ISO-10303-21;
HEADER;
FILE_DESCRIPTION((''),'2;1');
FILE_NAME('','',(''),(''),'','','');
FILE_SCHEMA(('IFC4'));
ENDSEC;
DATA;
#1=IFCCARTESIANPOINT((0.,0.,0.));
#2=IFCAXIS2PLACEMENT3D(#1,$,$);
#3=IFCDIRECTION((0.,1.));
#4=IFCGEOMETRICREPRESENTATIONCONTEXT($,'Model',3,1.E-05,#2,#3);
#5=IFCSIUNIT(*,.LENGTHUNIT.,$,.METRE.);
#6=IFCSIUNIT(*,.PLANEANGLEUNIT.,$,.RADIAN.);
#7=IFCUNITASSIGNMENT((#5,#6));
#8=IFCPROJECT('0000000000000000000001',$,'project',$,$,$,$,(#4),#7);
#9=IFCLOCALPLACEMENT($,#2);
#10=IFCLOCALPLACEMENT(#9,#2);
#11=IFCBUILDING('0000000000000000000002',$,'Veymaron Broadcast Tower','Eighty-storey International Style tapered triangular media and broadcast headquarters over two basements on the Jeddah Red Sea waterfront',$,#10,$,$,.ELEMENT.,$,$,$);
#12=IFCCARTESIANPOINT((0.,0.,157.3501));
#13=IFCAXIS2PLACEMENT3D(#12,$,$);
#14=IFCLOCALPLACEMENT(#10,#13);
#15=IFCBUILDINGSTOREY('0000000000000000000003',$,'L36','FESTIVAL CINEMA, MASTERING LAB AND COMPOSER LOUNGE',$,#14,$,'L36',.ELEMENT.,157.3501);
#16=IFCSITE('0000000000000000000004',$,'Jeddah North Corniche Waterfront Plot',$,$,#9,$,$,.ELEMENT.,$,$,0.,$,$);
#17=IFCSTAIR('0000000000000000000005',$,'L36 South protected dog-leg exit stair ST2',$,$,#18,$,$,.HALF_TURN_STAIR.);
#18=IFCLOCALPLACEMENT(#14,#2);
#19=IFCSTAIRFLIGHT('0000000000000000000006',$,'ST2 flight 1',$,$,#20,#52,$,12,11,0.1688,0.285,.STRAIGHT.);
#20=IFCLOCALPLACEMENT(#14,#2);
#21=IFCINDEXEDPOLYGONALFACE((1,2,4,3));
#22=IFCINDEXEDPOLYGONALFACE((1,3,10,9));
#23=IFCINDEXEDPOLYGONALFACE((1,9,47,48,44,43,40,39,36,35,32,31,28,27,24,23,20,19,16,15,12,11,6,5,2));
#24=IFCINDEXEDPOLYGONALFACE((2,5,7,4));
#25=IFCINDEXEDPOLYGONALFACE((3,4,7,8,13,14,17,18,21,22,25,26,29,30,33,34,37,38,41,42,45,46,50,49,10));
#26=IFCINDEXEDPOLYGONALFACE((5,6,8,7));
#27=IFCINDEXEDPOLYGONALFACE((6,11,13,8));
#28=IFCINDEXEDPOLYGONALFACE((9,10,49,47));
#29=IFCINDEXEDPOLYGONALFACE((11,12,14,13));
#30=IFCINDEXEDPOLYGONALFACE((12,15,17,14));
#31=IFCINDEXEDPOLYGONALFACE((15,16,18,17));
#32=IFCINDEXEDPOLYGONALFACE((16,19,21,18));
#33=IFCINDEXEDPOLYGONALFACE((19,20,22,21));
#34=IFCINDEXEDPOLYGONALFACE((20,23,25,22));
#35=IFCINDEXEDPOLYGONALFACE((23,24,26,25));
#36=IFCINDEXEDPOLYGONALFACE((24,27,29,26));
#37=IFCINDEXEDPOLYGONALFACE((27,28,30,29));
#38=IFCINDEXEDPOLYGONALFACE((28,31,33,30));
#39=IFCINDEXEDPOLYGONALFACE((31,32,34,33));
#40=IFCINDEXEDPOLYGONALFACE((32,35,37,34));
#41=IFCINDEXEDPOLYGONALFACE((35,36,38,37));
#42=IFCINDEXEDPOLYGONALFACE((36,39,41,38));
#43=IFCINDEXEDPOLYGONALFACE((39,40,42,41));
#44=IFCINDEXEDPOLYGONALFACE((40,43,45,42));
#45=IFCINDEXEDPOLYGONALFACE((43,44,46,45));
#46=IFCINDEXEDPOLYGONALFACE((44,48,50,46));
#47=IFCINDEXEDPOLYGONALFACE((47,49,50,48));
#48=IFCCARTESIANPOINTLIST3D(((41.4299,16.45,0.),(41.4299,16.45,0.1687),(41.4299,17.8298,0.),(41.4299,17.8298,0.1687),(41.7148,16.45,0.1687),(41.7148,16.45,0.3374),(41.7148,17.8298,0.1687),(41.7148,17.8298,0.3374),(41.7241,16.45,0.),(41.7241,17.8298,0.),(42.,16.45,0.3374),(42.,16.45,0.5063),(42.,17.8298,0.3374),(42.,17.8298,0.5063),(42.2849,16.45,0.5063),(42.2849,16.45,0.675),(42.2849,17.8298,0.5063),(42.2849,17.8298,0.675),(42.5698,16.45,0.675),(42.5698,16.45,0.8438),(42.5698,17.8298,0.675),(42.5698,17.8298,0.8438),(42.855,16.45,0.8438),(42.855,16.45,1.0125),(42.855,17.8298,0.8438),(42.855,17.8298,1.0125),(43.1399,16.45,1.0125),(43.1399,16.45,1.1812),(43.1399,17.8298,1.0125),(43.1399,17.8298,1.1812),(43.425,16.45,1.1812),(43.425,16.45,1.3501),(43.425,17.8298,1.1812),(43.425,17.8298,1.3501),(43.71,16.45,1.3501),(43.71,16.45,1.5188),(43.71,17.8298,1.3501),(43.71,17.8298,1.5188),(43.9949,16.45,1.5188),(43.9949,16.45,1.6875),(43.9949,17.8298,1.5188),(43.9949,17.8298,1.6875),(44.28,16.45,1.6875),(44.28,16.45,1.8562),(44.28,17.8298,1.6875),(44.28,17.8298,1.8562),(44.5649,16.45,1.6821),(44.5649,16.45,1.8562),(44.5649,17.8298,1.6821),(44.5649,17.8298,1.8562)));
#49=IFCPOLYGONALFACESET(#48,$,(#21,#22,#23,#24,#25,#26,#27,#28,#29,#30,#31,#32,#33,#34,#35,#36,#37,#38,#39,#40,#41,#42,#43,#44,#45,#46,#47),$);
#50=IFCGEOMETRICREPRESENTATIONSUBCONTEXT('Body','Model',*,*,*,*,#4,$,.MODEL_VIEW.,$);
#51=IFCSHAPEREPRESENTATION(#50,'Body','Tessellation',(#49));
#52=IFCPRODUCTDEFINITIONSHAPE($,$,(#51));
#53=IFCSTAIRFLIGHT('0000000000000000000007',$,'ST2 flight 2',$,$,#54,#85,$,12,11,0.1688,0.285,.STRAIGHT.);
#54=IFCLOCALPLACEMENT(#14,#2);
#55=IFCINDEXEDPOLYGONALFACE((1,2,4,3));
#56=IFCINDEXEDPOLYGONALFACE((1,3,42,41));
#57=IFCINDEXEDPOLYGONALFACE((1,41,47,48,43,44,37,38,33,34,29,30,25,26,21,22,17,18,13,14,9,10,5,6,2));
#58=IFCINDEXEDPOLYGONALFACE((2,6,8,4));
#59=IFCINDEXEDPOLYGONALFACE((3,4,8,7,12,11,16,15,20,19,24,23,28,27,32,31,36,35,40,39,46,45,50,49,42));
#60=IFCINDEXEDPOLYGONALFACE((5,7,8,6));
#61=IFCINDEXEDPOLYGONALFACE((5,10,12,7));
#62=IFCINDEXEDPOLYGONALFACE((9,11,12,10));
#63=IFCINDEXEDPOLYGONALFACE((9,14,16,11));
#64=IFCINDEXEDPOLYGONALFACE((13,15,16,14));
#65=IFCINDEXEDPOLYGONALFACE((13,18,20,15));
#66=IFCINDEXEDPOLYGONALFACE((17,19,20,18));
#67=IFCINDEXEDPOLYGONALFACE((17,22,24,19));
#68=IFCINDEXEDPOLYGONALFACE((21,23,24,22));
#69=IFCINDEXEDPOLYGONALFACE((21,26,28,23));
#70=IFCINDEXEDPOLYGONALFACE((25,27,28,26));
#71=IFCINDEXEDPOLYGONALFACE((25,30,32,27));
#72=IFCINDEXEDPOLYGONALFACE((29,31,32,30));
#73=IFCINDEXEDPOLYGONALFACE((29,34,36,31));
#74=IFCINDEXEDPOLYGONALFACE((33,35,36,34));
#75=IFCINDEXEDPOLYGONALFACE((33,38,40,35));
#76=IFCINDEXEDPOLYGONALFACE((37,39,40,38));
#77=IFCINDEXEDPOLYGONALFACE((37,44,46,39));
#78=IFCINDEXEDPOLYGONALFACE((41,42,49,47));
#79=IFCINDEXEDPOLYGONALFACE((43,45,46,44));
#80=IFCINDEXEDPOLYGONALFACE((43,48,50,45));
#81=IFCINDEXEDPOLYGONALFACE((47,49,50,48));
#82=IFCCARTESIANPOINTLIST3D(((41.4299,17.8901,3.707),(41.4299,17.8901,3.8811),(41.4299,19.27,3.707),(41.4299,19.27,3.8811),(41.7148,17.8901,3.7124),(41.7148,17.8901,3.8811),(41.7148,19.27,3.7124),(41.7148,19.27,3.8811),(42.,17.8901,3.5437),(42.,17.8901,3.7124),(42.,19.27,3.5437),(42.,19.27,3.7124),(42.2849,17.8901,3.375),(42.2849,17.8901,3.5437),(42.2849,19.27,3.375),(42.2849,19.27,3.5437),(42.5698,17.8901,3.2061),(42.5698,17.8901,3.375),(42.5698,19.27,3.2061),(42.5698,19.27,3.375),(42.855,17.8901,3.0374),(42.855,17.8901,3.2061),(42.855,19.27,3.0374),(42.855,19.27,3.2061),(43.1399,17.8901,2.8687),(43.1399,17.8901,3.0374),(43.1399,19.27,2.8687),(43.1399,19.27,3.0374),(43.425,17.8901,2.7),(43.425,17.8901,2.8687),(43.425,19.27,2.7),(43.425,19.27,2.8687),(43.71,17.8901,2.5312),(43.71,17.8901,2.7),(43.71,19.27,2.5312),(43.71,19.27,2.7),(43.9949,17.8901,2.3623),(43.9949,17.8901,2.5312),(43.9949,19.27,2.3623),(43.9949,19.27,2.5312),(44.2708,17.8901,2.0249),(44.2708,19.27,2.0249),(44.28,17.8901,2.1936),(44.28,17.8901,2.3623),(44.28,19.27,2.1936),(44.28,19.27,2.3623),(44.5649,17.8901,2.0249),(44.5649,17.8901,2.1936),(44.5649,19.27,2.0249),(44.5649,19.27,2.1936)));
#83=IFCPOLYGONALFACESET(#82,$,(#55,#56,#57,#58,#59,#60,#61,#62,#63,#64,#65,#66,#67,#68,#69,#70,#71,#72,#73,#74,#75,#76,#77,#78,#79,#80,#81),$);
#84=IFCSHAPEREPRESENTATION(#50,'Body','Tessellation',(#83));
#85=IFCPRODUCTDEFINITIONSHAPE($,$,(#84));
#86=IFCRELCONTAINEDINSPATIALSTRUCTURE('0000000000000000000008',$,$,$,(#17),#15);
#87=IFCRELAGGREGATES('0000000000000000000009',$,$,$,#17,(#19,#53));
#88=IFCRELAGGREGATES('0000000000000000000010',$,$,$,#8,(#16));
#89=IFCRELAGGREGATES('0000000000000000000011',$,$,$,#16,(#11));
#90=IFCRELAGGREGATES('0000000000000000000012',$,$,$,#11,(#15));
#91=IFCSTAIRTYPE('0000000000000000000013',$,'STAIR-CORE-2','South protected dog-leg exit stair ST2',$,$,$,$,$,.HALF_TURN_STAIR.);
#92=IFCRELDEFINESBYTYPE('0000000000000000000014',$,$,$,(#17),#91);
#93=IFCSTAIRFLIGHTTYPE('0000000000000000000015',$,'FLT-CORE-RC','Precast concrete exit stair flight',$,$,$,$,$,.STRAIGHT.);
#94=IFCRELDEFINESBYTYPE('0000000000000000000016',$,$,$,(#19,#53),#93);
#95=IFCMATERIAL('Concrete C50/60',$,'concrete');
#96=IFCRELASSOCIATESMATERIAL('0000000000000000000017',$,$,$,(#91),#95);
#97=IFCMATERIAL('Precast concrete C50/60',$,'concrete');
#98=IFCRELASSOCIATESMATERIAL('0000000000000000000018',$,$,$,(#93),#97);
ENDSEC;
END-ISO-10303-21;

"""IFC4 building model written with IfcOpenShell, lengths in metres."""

from ifc_helpers import new_model, si_unit, direction, frame, origin, place, context, subcontext, project, spatial, polyline, outline, extrude, material, type_object, element, aggregate, save


model = new_model("IFC4")

# Units and contexts
model_context = context("Model", 3, precision=1e-05, world=origin(), true_north=direction((0.0, 1.0)))
body_context = subcontext(model_context, "Body", "Model", "MODEL_VIEW")
ifc_project = project(units=[si_unit("LENGTHUNIT", "METRE"), si_unit("PLANEANGLEUNIT", "RADIAN")], contexts=[model_context])

# Site, building, storey
site_placement = place(None, origin())
site = spatial("IfcSite", under=ifc_project, at=site_placement, Name="Jeddah North Corniche Waterfront Plot", CompositionType="ELEMENT", RefElevation=0.0)
building_placement = place(site_placement, origin())
building = spatial("IfcBuilding", under=site, at=building_placement, Name="Veymaron Broadcast Tower", Description="Eighty-storey International Style tapered triangular media and broadcast headquarters over two basements on the Jeddah Red Sea waterfront", CompositionType="ELEMENT")
storey_placement = place(building_placement, frame((0.0, 0.0, 157.3501)))
storey = spatial("IfcBuildingStorey", under=building, at=storey_placement, Name="L36", Description="FESTIVAL CINEMA, MASTERING LAB AND COMPOSER LOUNGE", LongName="L36", CompositionType="ELEMENT", Elevation=157.3501)

# Shared definitions
ifc_material_1 = material(Name="Concrete C50/60", Category="concrete")

# Stair, stair flights
stair_type = type_object("IfcStairType", Name="STAIR-CORE-2", Description="South protected dog-leg exit stair ST2", PredefinedType="HALF_TURN_STAIR", material=ifc_material_1)
stair_placement = place(storey_placement, origin())
stair = element("IfcStair", 1, at=stair_placement, inside=storey, type_object=stair_type, Name="L36 South protected dog-leg exit stair ST2", PredefinedType="HALF_TURN_STAIR")
ifc_material_2 = material(Name="Precast concrete C50/60", Category="concrete")
stair_flight_type = type_object("IfcStairFlightType", Name="FLT-CORE-RC", Description="Precast concrete exit stair flight", PredefinedType="STRAIGHT", material=ifc_material_2)
stair_flight_1_placement = place(storey_placement, frame((41.4299, 17.1399, 0.0), z_axis=(0.0, 0.0, 1.0), x_axis=(1.0, 0.0, 0.0)))
stair_flight_1 = element("IfcStairFlight", 2, at=stair_flight_1_placement, type_object=stair_flight_type, Name="ST2 flight 1", NumberOfRisers=12, NumberOfTreads=11, PredefinedType="STRAIGHT", RiserHeight=0.1688, TreadLength=0.285, context=body_context, shape_type="SweptSolid", body=[
    extrude(outline(polyline([(0.0, 0.0), (0.0, 0.1687), (0.2849, 0.1687), (0.2849, 0.3374), (0.5701, 0.3374), (0.5701, 0.5063), (0.855, 0.5063), (0.855, 0.675), (1.1399, 0.675), (1.1399, 0.8438), (1.425, 0.8438), (1.425, 1.0125), (1.71, 1.0125), (1.71, 1.1812), (1.9951, 1.1812), (1.9951, 1.3501), (2.28, 1.3501), (2.28, 1.5188), (2.5649, 1.5188), (2.5649, 1.6875), (2.8501, 1.6875), (2.8501, 1.8562), (3.135, 1.8562), (3.135, 2.0249), (3.135, 1.6821), (0.2942, 0.0), (0.0, 0.0)])), frame((0.0, 0.6899, 0.0), z_axis=(0.0, -1.0, 0.0), x_axis=(1.0, 0.0, 0.0)), (0.0, 0.0, 1.0), 1.3799),
])
stair_flight_2_placement = place(storey_placement, frame((44.5649, 18.5801, 2.0249), z_axis=(0.0, 0.0, 1.0), x_axis=(-1.0, 0.0, 0.0)))
stair_flight_2 = element("IfcStairFlight", 3, at=stair_flight_2_placement, type_object=stair_flight_type, Name="ST2 flight 2", NumberOfRisers=12, NumberOfTreads=11, PredefinedType="STRAIGHT", RiserHeight=0.1688, TreadLength=0.285, context=body_context, shape_type="SweptSolid", body=[
    extrude(outline(polyline([(0.0, 0.0), (0.0, 0.1687), (0.2849, 0.1687), (0.2849, 0.3374), (0.5701, 0.3374), (0.5701, 0.5063), (0.855, 0.5063), (0.855, 0.675), (1.1399, 0.675), (1.1399, 0.8438), (1.425, 0.8438), (1.425, 1.0125), (1.71, 1.0125), (1.71, 1.1812), (1.9951, 1.1812), (1.9951, 1.3501), (2.28, 1.3501), (2.28, 1.5188), (2.5649, 1.5188), (2.5649, 1.6875), (2.8501, 1.6875), (2.8501, 1.8562), (3.135, 1.8562), (3.135, 2.0249), (3.135, 1.6821), (0.2942, 0.0), (0.0, 0.0)])), frame((0.0, 0.6899, 0.0), z_axis=(0.0, -1.0, 0.0), x_axis=(1.0, 0.0, 0.0)), (0.0, 0.0, 1.0), 1.3799),
])
aggregate(stair, [stair_flight_1, stair_flight_2])

save(model, "model.ifc")
